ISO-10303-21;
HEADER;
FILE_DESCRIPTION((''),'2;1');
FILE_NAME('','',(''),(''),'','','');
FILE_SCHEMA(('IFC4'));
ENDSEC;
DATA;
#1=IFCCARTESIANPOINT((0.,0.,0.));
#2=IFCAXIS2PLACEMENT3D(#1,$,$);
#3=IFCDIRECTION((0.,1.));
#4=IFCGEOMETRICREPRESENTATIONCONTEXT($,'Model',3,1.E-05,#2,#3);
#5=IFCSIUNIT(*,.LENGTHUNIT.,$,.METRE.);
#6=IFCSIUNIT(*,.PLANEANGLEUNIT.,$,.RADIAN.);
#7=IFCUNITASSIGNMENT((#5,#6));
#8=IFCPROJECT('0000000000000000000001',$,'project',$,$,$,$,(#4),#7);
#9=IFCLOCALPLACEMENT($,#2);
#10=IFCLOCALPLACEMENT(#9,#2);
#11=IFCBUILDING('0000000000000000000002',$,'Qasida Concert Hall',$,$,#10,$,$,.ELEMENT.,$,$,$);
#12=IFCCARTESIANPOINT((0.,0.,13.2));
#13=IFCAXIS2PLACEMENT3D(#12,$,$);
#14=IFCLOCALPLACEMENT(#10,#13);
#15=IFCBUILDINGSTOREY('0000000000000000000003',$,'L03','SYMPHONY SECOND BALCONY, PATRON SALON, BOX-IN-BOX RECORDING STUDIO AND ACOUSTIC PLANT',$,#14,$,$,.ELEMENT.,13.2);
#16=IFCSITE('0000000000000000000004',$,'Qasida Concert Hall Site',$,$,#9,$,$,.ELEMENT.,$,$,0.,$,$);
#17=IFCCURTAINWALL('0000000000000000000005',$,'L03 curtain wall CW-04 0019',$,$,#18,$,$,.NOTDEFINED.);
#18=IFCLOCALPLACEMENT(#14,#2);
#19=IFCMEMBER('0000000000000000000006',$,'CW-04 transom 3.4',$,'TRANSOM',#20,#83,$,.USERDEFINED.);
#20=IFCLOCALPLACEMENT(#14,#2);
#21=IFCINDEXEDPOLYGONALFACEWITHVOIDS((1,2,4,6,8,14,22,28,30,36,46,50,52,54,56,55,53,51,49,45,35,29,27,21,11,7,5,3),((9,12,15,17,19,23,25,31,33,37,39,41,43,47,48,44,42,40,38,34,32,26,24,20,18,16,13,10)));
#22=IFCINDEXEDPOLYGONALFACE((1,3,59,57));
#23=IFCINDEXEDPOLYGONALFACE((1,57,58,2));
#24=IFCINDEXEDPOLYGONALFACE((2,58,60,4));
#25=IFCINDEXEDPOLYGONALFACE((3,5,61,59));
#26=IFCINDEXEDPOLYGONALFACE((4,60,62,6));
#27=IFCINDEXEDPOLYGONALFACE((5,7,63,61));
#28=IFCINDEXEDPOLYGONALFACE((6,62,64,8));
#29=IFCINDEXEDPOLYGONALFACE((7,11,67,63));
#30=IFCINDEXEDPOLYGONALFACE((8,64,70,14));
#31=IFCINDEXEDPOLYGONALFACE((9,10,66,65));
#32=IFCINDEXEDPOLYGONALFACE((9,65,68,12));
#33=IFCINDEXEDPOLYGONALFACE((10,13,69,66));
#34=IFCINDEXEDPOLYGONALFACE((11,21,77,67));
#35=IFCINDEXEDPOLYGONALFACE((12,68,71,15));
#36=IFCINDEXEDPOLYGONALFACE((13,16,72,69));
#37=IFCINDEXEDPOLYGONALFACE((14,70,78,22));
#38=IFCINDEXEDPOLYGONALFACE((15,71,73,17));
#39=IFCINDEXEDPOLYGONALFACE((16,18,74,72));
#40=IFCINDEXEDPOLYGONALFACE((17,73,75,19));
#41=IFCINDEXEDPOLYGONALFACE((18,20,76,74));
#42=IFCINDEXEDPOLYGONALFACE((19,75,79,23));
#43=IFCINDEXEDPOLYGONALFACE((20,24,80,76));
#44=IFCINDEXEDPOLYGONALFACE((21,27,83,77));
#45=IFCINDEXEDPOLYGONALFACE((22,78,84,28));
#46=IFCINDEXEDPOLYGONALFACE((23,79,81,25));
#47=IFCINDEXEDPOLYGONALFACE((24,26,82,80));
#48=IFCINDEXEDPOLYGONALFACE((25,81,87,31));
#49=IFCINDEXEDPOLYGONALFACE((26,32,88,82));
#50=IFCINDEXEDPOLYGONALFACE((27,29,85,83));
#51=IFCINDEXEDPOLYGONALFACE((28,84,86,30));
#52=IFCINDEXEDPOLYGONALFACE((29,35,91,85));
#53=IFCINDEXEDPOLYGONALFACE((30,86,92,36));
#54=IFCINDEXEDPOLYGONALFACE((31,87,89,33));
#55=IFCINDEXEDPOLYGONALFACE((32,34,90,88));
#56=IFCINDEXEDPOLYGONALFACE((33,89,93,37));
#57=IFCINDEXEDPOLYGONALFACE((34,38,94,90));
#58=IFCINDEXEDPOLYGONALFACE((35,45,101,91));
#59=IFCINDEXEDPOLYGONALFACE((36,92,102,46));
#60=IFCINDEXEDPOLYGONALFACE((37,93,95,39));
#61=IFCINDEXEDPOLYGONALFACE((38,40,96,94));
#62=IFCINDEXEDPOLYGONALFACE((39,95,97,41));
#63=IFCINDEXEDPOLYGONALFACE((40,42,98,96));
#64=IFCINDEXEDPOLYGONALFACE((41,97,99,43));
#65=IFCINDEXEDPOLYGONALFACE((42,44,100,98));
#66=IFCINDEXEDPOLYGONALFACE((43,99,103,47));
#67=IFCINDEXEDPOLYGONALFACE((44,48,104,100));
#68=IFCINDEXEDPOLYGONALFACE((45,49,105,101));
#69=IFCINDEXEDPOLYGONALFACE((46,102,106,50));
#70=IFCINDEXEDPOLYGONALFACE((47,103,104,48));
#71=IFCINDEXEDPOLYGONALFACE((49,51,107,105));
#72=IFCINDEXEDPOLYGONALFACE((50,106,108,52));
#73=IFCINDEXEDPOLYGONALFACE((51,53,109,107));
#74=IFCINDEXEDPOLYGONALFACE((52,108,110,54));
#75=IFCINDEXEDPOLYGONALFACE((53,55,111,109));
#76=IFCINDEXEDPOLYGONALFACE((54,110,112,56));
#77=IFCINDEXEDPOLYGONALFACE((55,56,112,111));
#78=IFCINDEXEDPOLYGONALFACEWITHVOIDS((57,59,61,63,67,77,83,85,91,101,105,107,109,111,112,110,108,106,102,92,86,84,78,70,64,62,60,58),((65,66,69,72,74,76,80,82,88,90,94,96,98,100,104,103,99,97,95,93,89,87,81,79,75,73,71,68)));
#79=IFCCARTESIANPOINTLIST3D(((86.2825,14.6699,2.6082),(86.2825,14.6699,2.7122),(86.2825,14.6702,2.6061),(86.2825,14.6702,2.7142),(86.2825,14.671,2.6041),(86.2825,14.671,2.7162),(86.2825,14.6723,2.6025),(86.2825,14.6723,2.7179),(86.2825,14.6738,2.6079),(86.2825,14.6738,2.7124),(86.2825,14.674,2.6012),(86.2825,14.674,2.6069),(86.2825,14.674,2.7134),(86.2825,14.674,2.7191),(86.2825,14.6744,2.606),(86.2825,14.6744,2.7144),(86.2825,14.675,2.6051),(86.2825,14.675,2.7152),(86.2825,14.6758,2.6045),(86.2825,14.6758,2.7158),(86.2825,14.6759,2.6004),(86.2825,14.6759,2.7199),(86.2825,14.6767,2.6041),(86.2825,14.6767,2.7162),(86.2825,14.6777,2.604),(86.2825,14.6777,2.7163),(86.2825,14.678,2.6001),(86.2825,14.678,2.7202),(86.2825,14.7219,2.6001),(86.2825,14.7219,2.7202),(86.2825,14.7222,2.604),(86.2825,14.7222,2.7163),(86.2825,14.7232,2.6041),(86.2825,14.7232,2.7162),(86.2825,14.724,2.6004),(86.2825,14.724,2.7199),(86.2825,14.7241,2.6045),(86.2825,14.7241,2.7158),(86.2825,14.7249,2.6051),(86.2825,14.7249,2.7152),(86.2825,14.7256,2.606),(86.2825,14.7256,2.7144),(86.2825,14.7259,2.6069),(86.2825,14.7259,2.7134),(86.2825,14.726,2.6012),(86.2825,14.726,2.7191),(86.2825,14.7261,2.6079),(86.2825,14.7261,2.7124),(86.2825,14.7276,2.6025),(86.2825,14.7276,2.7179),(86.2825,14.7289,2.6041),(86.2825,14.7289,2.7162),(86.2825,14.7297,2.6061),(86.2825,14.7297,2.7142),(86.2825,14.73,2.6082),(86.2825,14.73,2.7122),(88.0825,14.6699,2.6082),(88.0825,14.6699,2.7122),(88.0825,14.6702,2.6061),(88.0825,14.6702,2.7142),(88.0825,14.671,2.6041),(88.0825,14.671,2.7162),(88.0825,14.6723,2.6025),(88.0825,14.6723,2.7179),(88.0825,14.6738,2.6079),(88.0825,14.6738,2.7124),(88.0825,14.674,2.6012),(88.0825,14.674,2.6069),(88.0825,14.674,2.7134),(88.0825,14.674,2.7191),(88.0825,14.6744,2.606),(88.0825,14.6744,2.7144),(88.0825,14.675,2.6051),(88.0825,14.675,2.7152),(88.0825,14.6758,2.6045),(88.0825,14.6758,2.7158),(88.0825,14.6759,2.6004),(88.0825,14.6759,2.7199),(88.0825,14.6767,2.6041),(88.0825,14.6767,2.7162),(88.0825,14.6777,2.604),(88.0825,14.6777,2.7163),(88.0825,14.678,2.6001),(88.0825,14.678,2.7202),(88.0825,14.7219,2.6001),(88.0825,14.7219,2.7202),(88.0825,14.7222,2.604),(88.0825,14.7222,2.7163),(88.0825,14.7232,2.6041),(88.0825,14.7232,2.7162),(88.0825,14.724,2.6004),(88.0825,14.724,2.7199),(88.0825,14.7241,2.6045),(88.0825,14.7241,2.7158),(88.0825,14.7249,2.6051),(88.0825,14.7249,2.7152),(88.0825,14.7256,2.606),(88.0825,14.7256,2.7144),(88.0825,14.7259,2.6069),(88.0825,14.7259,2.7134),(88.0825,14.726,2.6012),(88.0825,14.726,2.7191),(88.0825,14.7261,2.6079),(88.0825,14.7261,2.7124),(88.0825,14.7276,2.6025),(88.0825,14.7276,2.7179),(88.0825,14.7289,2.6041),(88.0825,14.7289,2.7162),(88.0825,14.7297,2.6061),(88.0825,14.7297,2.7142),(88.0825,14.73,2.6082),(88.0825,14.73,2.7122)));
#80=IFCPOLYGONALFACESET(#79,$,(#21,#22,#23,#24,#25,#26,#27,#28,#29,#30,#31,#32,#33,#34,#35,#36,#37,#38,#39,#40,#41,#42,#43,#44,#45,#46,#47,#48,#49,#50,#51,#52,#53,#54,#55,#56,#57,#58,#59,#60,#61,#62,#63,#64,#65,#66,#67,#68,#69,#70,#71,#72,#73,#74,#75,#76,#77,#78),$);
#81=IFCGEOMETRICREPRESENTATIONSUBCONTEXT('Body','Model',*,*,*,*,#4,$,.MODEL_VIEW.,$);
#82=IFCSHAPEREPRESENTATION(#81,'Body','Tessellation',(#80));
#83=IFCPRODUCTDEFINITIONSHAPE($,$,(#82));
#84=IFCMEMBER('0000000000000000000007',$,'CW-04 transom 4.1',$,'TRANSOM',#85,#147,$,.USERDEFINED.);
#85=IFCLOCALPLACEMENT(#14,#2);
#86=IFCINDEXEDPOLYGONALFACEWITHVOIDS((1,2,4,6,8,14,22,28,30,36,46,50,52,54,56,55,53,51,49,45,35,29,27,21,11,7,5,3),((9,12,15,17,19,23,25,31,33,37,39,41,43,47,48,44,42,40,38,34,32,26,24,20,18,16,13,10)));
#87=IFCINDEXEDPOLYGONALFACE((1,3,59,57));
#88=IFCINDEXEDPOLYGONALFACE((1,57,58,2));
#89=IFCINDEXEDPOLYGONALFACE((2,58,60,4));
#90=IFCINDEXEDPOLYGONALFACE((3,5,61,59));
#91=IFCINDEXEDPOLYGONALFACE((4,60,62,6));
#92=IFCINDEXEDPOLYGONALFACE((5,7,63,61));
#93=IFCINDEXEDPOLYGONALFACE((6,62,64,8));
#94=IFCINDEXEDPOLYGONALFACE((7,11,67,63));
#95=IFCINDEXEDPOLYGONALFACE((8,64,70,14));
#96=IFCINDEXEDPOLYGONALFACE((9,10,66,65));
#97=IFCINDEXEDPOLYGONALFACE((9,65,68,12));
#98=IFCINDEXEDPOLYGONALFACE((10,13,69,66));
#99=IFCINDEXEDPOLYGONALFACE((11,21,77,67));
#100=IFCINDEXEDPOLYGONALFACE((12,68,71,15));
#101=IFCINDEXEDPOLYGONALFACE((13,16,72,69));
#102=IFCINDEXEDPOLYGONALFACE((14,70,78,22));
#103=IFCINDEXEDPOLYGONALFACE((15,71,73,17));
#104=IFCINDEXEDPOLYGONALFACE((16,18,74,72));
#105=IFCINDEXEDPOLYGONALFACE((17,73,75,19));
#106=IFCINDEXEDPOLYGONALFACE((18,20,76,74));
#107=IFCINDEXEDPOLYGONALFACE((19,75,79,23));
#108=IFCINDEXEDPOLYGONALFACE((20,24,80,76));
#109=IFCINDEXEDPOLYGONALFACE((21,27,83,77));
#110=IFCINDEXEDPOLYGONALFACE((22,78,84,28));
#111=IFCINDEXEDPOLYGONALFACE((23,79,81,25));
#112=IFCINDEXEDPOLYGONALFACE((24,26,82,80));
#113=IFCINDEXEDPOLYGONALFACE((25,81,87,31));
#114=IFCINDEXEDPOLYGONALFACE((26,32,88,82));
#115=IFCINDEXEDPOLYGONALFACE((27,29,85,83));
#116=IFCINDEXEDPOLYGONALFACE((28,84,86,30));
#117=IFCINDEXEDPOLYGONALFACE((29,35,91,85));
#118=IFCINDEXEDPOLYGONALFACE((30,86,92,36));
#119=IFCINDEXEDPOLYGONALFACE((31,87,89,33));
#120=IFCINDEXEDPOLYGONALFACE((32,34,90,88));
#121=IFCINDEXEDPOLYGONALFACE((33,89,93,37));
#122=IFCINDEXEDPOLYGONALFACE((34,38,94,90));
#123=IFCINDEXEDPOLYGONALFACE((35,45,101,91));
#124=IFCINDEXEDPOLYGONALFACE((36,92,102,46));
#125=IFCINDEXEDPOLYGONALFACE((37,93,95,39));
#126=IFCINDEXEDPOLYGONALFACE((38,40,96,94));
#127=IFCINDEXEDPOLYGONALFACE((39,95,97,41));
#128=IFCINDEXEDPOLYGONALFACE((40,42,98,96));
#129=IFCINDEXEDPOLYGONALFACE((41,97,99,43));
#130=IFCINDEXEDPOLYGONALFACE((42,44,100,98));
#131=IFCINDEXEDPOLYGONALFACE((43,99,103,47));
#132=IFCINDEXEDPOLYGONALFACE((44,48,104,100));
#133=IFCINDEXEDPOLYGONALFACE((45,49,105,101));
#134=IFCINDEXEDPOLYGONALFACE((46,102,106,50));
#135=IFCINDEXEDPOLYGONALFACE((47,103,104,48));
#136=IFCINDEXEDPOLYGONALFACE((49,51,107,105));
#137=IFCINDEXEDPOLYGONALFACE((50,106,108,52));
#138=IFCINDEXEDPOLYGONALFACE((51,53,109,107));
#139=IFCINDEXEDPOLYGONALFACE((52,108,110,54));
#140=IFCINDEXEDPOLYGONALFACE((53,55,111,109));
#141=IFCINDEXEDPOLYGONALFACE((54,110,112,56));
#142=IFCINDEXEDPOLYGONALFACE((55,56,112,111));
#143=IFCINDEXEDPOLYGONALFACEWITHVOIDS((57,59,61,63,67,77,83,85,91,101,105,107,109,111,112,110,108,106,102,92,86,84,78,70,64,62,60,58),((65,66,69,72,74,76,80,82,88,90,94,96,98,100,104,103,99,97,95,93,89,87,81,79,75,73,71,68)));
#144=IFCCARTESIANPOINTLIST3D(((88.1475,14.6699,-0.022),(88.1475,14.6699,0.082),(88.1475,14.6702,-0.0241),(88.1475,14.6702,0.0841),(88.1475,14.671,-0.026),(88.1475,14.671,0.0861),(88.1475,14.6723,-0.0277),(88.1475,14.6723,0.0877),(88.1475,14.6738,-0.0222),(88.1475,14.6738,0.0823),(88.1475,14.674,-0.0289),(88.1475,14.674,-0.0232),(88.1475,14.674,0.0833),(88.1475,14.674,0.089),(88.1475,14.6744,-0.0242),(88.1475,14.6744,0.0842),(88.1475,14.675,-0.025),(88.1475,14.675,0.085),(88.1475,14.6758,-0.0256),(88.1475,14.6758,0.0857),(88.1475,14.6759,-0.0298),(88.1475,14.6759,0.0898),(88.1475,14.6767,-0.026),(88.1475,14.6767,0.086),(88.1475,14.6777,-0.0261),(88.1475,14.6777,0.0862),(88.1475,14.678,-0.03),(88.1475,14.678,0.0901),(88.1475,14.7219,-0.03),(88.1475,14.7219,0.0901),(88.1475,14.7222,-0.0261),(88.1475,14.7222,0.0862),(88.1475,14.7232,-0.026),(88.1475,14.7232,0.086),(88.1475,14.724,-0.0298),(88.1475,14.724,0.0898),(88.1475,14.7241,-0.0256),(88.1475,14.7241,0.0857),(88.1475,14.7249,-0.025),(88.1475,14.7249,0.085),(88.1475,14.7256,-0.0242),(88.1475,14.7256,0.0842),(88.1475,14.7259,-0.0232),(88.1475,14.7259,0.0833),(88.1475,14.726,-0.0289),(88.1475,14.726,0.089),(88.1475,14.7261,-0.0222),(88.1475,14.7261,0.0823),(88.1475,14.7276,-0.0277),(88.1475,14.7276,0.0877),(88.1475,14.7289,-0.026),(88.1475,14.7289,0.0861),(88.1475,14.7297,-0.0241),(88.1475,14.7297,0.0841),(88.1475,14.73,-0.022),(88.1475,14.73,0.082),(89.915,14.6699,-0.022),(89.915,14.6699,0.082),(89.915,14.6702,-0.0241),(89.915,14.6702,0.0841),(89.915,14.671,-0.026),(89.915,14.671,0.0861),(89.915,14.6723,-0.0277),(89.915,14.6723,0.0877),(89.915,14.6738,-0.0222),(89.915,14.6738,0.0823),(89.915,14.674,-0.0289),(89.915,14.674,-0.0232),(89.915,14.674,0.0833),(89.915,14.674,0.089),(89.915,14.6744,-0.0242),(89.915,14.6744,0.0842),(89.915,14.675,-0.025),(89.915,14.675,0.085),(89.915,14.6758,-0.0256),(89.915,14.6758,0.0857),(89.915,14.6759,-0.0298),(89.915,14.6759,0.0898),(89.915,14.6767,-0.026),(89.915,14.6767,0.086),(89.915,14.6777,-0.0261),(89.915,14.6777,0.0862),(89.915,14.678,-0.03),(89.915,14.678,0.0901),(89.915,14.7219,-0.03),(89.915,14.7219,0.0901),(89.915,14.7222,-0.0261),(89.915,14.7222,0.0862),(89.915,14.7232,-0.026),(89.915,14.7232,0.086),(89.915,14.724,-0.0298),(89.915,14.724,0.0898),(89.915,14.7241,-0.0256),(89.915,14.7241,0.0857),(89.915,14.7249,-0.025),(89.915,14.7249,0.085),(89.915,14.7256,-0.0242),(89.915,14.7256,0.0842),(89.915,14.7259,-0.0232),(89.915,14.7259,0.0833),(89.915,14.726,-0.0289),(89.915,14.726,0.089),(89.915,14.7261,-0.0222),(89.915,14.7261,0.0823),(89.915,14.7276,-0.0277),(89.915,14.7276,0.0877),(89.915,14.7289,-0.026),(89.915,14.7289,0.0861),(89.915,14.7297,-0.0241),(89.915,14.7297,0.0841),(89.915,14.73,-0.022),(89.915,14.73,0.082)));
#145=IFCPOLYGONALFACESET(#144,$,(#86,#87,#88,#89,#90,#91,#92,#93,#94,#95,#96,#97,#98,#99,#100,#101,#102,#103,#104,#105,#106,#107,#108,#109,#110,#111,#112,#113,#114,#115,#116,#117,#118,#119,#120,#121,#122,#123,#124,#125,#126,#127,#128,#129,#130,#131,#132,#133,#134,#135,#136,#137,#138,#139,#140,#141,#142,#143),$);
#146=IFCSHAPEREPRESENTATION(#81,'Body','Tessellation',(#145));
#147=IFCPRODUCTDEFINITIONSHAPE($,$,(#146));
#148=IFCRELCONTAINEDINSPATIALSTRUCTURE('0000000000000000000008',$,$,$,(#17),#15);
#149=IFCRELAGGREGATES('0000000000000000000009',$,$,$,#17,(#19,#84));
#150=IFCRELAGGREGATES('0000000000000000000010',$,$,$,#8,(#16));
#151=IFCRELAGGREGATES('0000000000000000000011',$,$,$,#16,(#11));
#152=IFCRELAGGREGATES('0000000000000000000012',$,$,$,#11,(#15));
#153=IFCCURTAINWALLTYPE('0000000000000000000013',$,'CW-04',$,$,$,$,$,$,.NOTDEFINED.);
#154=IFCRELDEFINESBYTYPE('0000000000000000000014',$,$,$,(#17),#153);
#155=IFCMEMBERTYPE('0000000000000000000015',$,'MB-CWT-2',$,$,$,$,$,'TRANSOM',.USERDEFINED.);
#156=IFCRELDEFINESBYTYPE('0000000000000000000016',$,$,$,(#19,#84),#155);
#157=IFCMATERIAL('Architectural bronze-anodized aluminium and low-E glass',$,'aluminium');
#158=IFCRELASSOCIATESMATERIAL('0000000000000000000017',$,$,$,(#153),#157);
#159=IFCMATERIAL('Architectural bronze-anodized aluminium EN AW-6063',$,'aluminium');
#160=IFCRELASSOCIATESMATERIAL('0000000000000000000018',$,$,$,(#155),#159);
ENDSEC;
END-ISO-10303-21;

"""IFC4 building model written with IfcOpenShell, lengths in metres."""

from ifc_helpers import new_model, si_unit, direction, frame, origin, origin_2d, place, context, subcontext, project, spatial, hollow_rectangle, extrude, material, material_profile, profile_set, type_object, element, aggregate, save


model = new_model("IFC4")

# Units and contexts
model_context = context("Model", 3, precision=1e-05, world=origin(), true_north=direction((0.0, 1.0)))
body_context = subcontext(model_context, "Body", "Model", "MODEL_VIEW")
ifc_project = project(units=[si_unit("LENGTHUNIT", "METRE"), si_unit("PLANEANGLEUNIT", "RADIAN")], contexts=[model_context])

# Site, building, storey
site_placement = place(None, origin())
site = spatial("IfcSite", under=ifc_project, at=site_placement, Name="Qasida Concert Hall Site", CompositionType="ELEMENT", RefElevation=0.0)
building_placement = place(site_placement, origin())
building = spatial("IfcBuilding", under=site, at=building_placement, Name="Qasida Concert Hall", CompositionType="ELEMENT")
storey_placement = place(building_placement, frame((0.0, 0.0, 13.2)))
storey = spatial("IfcBuildingStorey", under=building, at=storey_placement, Name="L03", Description="SYMPHONY SECOND BALCONY, PATRON SALON, BOX-IN-BOX RECORDING STUDIO AND ACOUSTIC PLANT", CompositionType="ELEMENT", Elevation=13.2)

# Curtain wall, members
ifc_material_1 = material(Name="Architectural bronze-anodized aluminium and low-E glass", Category="aluminium")
curtain_wall_type = type_object("IfcCurtainWallType", Name="CW-04", PredefinedType="NOTDEFINED", material=ifc_material_1)
curtain_wall_placement = place(storey_placement, origin())
curtain_wall = element("IfcCurtainWall", 1, at=curtain_wall_placement, inside=storey, type_object=curtain_wall_type, Name="L03 curtain wall CW-04 0019", PredefinedType="NOTDEFINED")
ifc_material_2 = material(Name="Architectural bronze-anodized aluminium EN AW-6063", Category="aluminium")
ifc_material_profile_1 = material_profile(ifc_material_2, hollow_rectangle(XDim=0.0601, YDim=0.1201, WallThickness=0.0039, InnerFilletRadius=0.0039, OuterFilletRadius=0.0081, at=origin_2d()), Name="CWT 120x60x4")
ifc_profile_set_1 = profile_set([ifc_material_profile_1], Name="Architectural bronze-anodized aluminium EN AW-6063")
member_type_1 = type_object("IfcMemberType", Name="MB-CWT-2", ElementType="TRANSOM", PredefinedType="USERDEFINED", material=ifc_profile_set_1)
member_1_placement = place(storey_placement, frame((86.2825, 14.7, 2.6602), z_axis=(1.0, 0.0, 0.0), x_axis=(0.0, 1.0, 0.0)))
member_1 = element("IfcMember", 2, at=member_1_placement, type_object=member_type_1, Name="CW-04 transom 3.4", ObjectType="TRANSOM", PredefinedType="USERDEFINED", context=body_context, shape_type="SweptSolid", body=[
    extrude(hollow_rectangle(XDim=0.0601, YDim=0.1201, WallThickness=0.0039, InnerFilletRadius=0.0039, OuterFilletRadius=0.0081, at=origin_2d()), origin(), (0.0, 0.0, 1.0), 1.8),
])
member_2_placement = place(storey_placement, frame((88.1475, 14.7, 0.03), z_axis=(1.0, 0.0, 0.0), x_axis=(0.0, 1.0, 0.0)))
member_2 = element("IfcMember", 3, at=member_2_placement, type_object=member_type_1, Name="CW-04 transom 4.1", ObjectType="TRANSOM", PredefinedType="USERDEFINED", context=body_context, shape_type="SweptSolid", body=[
    extrude(hollow_rectangle(XDim=0.0601, YDim=0.1201, WallThickness=0.0039, InnerFilletRadius=0.0039, OuterFilletRadius=0.0081, at=origin_2d()), origin(), (0.0, 0.0, 1.0), 1.7676),
])
aggregate(curtain_wall, [member_1, member_2])

save(model, "model.ifc")
